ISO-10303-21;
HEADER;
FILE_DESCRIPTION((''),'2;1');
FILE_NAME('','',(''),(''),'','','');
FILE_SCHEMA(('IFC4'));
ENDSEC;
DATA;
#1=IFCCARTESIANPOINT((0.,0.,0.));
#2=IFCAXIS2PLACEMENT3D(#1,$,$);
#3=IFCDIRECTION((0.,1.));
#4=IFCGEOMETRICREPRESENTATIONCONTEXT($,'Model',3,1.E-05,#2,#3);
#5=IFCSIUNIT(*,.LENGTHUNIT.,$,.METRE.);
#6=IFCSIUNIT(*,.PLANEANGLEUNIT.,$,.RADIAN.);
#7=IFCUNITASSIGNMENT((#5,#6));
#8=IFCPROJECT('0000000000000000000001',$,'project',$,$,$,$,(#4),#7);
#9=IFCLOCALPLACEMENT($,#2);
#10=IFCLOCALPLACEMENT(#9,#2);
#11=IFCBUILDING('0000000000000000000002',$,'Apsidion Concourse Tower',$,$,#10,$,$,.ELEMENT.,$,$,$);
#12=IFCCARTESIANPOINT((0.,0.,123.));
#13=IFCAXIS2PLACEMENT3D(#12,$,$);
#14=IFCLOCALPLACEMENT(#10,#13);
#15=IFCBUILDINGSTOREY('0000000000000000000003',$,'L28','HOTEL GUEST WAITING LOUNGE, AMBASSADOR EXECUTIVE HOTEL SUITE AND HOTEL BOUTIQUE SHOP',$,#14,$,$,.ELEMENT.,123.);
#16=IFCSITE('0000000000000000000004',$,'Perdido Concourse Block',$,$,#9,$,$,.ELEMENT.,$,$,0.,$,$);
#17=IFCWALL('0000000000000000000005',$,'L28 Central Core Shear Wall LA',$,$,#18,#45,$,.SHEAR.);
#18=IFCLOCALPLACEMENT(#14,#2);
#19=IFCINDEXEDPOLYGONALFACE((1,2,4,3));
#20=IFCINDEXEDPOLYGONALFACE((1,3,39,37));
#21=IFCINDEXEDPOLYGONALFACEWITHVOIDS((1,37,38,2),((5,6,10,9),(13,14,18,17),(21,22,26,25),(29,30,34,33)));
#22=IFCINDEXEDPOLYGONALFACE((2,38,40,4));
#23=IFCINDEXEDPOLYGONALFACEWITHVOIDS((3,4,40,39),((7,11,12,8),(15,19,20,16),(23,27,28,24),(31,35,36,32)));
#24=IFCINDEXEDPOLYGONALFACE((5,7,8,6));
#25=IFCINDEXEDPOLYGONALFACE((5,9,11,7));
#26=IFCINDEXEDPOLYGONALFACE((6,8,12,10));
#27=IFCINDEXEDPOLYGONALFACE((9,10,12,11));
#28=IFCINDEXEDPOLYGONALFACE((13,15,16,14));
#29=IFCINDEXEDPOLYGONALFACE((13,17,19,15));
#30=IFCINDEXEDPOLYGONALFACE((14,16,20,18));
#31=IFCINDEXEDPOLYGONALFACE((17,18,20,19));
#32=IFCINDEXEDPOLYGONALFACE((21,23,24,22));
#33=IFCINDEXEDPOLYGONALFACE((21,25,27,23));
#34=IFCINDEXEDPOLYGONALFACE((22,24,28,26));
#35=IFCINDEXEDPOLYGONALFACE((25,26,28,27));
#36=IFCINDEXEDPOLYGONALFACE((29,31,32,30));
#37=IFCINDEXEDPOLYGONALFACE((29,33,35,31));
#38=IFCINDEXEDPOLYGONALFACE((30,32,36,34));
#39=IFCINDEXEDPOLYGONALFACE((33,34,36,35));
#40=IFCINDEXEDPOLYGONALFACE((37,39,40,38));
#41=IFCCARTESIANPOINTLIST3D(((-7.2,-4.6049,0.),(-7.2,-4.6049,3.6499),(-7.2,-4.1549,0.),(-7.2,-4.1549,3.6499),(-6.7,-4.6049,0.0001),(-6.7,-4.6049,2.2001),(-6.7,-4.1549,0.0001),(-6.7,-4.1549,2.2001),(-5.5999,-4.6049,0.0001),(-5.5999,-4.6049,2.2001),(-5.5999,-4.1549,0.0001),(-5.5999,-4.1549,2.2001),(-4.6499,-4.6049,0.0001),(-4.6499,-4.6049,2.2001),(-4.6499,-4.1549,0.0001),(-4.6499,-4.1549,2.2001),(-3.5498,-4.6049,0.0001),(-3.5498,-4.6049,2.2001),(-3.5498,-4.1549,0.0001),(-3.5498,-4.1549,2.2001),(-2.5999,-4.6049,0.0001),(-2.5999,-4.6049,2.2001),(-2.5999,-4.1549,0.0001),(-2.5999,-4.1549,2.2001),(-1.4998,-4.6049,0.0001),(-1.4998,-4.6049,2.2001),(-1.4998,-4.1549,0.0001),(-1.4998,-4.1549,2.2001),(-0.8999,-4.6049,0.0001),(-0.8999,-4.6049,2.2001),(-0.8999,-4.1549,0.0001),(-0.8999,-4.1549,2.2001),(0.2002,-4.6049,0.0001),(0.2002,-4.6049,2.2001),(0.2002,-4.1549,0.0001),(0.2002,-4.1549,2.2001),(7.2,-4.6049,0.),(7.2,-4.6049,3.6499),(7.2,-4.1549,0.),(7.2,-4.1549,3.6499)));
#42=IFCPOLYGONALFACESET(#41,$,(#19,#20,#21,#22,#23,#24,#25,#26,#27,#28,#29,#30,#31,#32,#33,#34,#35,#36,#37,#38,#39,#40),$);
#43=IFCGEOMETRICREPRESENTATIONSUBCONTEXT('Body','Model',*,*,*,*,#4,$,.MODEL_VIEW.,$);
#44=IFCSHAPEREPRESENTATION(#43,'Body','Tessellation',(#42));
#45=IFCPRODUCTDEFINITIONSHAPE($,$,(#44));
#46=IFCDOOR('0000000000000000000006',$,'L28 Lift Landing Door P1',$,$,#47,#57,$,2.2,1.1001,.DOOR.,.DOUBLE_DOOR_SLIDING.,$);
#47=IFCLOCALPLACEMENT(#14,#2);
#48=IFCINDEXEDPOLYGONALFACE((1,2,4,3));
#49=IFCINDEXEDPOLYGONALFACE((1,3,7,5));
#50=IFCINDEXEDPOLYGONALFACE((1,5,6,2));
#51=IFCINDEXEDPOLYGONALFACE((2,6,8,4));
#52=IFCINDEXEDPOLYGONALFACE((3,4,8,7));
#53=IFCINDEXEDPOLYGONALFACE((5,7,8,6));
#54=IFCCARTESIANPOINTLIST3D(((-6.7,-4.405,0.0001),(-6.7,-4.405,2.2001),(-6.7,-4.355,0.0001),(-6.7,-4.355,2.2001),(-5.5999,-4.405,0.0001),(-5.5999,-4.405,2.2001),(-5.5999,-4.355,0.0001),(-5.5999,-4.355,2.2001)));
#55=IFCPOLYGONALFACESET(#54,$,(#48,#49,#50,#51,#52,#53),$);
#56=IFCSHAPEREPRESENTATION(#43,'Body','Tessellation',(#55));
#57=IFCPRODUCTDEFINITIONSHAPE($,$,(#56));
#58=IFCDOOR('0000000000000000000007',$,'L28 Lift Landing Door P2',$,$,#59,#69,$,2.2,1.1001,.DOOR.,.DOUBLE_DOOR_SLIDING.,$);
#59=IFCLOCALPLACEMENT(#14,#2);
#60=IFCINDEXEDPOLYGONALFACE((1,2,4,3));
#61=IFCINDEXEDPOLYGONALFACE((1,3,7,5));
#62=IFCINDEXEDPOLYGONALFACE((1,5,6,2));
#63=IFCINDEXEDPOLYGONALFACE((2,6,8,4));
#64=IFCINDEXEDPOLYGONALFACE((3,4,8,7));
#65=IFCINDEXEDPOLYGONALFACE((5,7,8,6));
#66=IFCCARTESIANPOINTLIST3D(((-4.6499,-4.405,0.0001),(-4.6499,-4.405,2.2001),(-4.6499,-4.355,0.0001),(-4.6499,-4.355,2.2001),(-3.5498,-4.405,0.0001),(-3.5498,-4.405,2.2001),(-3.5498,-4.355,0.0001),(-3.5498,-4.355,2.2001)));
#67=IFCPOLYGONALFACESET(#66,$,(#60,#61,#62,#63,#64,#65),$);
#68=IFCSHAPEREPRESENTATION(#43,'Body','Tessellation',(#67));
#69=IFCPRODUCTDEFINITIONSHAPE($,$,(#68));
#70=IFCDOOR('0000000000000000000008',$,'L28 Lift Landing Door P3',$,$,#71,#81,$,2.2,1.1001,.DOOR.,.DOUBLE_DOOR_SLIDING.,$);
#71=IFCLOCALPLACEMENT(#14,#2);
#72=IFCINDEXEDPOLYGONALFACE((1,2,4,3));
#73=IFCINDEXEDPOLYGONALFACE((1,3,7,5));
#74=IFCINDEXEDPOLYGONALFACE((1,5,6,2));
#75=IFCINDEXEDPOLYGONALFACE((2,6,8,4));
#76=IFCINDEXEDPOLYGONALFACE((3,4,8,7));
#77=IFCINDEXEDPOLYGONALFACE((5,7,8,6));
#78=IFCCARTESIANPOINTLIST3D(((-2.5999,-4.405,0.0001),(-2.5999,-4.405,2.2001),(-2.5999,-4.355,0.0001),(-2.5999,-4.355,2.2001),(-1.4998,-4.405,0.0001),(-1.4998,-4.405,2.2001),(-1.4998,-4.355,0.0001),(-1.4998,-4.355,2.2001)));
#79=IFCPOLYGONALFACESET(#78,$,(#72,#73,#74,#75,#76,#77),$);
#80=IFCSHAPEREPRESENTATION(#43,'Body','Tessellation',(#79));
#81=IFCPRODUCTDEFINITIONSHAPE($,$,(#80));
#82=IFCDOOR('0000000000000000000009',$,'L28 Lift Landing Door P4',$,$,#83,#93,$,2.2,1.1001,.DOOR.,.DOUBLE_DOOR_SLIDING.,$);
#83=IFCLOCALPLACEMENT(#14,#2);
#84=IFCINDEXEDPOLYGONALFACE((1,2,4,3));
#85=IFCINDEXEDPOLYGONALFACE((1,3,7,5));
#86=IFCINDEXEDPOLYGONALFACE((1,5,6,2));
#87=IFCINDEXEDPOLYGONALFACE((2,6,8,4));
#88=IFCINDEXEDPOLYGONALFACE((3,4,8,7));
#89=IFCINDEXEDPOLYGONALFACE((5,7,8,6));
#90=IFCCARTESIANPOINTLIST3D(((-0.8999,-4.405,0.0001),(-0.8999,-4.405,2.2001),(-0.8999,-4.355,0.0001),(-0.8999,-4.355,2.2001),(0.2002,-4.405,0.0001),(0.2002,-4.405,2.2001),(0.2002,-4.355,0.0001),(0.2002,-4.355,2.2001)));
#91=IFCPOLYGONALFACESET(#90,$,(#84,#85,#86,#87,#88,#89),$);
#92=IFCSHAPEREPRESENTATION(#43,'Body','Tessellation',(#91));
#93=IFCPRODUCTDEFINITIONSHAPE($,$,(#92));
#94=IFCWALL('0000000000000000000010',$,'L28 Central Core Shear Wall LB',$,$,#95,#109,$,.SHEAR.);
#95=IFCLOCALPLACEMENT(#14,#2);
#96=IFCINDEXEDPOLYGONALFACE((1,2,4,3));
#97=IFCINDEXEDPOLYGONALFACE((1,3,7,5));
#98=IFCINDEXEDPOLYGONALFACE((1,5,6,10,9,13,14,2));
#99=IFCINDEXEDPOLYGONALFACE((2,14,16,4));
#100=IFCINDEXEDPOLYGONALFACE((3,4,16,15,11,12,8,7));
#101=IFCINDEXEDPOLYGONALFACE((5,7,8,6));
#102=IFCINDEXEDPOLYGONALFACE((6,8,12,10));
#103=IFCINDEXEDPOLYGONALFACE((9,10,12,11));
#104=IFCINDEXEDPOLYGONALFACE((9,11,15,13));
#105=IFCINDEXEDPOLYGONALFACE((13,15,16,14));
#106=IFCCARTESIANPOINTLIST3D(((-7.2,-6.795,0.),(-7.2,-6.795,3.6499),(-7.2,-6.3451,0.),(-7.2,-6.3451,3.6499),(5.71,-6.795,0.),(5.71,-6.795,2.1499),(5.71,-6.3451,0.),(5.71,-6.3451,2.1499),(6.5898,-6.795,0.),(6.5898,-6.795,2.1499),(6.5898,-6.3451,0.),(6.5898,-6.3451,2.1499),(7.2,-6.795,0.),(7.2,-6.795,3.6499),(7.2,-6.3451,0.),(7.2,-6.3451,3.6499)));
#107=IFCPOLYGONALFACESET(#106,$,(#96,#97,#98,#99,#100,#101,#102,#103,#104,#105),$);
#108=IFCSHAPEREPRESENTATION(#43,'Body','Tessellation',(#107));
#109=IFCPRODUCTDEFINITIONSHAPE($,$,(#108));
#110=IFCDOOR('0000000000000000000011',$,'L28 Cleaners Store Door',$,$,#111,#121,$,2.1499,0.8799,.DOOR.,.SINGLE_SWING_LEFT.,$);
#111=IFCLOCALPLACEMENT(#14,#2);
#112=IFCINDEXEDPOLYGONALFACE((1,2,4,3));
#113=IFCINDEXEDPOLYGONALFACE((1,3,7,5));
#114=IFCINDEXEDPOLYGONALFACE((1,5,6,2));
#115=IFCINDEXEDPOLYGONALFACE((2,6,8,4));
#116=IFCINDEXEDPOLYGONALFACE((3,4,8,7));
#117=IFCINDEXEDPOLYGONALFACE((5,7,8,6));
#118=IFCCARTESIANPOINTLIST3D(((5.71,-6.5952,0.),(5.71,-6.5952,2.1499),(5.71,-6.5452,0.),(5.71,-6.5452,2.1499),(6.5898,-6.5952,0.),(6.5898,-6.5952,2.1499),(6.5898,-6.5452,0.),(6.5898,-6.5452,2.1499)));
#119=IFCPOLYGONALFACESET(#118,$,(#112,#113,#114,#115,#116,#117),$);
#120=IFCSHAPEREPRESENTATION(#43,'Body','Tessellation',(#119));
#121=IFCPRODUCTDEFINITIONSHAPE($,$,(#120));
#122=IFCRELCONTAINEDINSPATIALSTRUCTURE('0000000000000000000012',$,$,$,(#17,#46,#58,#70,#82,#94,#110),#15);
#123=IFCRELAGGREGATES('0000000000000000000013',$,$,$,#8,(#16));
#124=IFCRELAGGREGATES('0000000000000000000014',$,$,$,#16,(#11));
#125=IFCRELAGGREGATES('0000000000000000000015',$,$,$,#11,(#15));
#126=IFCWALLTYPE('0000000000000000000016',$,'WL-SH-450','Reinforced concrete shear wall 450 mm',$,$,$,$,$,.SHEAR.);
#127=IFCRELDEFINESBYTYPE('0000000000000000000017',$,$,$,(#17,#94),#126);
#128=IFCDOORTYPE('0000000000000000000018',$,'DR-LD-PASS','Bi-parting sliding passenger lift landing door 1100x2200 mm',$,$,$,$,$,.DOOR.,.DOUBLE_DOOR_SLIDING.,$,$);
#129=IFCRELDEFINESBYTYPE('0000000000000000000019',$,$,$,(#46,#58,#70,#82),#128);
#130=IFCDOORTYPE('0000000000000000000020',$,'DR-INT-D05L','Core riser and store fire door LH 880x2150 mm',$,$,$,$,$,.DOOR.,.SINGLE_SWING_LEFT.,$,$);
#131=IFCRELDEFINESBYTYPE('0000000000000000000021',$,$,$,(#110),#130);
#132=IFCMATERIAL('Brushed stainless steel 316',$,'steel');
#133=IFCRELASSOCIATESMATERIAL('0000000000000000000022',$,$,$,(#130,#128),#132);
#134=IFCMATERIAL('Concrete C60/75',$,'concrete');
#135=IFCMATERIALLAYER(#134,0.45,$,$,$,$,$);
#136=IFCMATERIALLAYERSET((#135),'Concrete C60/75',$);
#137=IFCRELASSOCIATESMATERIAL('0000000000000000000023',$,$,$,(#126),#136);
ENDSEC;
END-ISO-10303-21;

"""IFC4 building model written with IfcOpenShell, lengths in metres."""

from ifc_helpers import new_model, si_unit, direction, frame, frame_2d, origin, place, context, subcontext, project, spatial, rectangle, extrude, material, layer, layer_set, type_object, element, fill, save


model = new_model("IFC4")

# Units and contexts
model_context = context("Model", 3, precision=1e-05, world=origin(), true_north=direction((0.0, 1.0)))
body_context = subcontext(model_context, "Body", "Model", "MODEL_VIEW")
ifc_project = project(units=[si_unit("LENGTHUNIT", "METRE"), si_unit("PLANEANGLEUNIT", "RADIAN")], contexts=[model_context])

# Site, building, storey
site_placement = place(None, origin())
site = spatial("IfcSite", under=ifc_project, at=site_placement, Name="Perdido Concourse Block", CompositionType="ELEMENT", RefElevation=0.0)
building_placement = place(site_placement, origin())
building = spatial("IfcBuilding", under=site, at=building_placement, Name="Apsidion Concourse Tower", CompositionType="ELEMENT")
storey_placement = place(building_placement, frame((0.0, 0.0, 123.0)))
storey = spatial("IfcBuildingStorey", under=building, at=storey_placement, Name="L28", Description="HOTEL GUEST WAITING LOUNGE, AMBASSADOR EXECUTIVE HOTEL SUITE AND HOTEL BOUTIQUE SHOP", CompositionType="ELEMENT", Elevation=123.0)

# Shared definitions
ifc_material_1 = material(Name="Brushed stainless steel 316", Category="steel")
door_type_1 = type_object("IfcDoorType", Name="DR-INT-D05L", Description="Core riser and store fire door LH 880x2150 mm", OperationType="SINGLE_SWING_LEFT", PredefinedType="DOOR", material=ifc_material_1)

# Shared definitions
ifc_material_2 = material(Name="Concrete C60/75", Category="concrete")
ifc_layer_1 = layer(ifc_material_2, 0.45)
ifc_layer_set_1 = layer_set([ifc_layer_1], Name="Concrete C60/75")
wall_type_1 = type_object("IfcWallType", Name="WL-SH-450", Description="Reinforced concrete shear wall 450 mm", PredefinedType="SHEAR", material=ifc_layer_set_1)

# Wall, openings, doors
wall_1_placement = place(storey_placement, frame((-7.2, -4.3799, 0.0), z_axis=(0.0, 0.0, 1.0), x_axis=(1.0, 0.0, 0.0)))
wall_1 = element("IfcWall", 1, at=wall_1_placement, inside=storey, type_object=wall_type_1, Name="L28 Central Core Shear Wall LA", PredefinedType="SHEAR", context=body_context, shape_type="SweptSolid", body=[
    extrude(rectangle(XDim=14.3999, YDim=0.45, at=frame_2d((7.2, 0.0))), origin(), (0.0, 0.0, 1.0), 3.6499),
])
opening_1_placement = place(wall_1_placement, frame((0.5, 0.0, 0.0)))
opening_1 = element("IfcOpeningElement", 2, at=opening_1_placement, cuts=wall_1, PredefinedType="OPENING", context=body_context, shape_type="SweptSolid", body=[
    extrude(rectangle(XDim=1.1001, YDim=2.2, at=frame_2d((0.55, 1.1001))), frame((0.0, 0.2349, 0.0), z_axis=(0.0, -1.0, 0.0), x_axis=(1.0, 0.0, 0.0)), (0.0, 0.0, 1.0), 0.47),
])
opening_2_placement = place(wall_1_placement, frame((2.55, 0.0, 0.0)))
opening_2 = element("IfcOpeningElement", 3, at=opening_2_placement, cuts=wall_1, PredefinedType="OPENING", context=body_context, shape_type="SweptSolid", body=[
    extrude(rectangle(XDim=1.1001, YDim=2.2, at=frame_2d((0.55, 1.1001))), frame((0.0, 0.2349, 0.0), z_axis=(0.0, -1.0, 0.0), x_axis=(1.0, 0.0, 0.0)), (0.0, 0.0, 1.0), 0.47),
])
opening_3_placement = place(wall_1_placement, frame((4.6001, 0.0, 0.0)))
opening_3 = element("IfcOpeningElement", 4, at=opening_3_placement, cuts=wall_1, PredefinedType="OPENING", context=body_context, shape_type="SweptSolid", body=[
    extrude(rectangle(XDim=1.1001, YDim=2.2, at=frame_2d((0.55, 1.1001))), frame((0.0, 0.2349, 0.0), z_axis=(0.0, -1.0, 0.0), x_axis=(1.0, 0.0, 0.0)), (0.0, 0.0, 1.0), 0.47),
])
opening_4_placement = place(wall_1_placement, frame((6.3, 0.0, 0.0)))
opening_4 = element("IfcOpeningElement", 5, at=opening_4_placement, cuts=wall_1, PredefinedType="OPENING", context=body_context, shape_type="SweptSolid", body=[
    extrude(rectangle(XDim=1.1001, YDim=2.2, at=frame_2d((0.55, 1.1001))), frame((0.0, 0.2349, 0.0), z_axis=(0.0, -1.0, 0.0), x_axis=(1.0, 0.0, 0.0)), (0.0, 0.0, 1.0), 0.47),
])
door_type_2 = type_object("IfcDoorType", Name="DR-LD-PASS", Description="Bi-parting sliding passenger lift landing door 1100x2200 mm", OperationType="DOUBLE_DOOR_SLIDING", PredefinedType="DOOR", material=ifc_material_1)
door_1_placement = place(opening_1_placement, origin())
door_1 = element("IfcDoor", 6, at=door_1_placement, inside=storey, type_object=door_type_2, Name="L28 Lift Landing Door P1", OperationType="DOUBLE_DOOR_SLIDING", OverallHeight=2.2, OverallWidth=1.1001, PredefinedType="DOOR", context=body_context, shape_type="SweptSolid", body=[
    extrude(rectangle(XDim=1.1001, YDim=2.2, at=frame_2d((0.55, 1.1001))), frame((0.0, 0.0249, 0.0), z_axis=(0.0, -1.0, 0.0), x_axis=(1.0, 0.0, 0.0)), (0.0, 0.0, 1.0), 0.05),
])
fill(opening_1, door_1)
door_2_placement = place(opening_2_placement, origin())
door_2 = element("IfcDoor", 7, at=door_2_placement, inside=storey, type_object=door_type_2, Name="L28 Lift Landing Door P2", OperationType="DOUBLE_DOOR_SLIDING", OverallHeight=2.2, OverallWidth=1.1001, PredefinedType="DOOR", context=body_context, shape_type="SweptSolid", body=[
    extrude(rectangle(XDim=1.1001, YDim=2.2, at=frame_2d((0.55, 1.1001))), frame((0.0, 0.0249, 0.0), z_axis=(0.0, -1.0, 0.0), x_axis=(1.0, 0.0, 0.0)), (0.0, 0.0, 1.0), 0.05),
])
fill(opening_2, door_2)
door_3_placement = place(opening_3_placement, origin())
door_3 = element("IfcDoor", 8, at=door_3_placement, inside=storey, type_object=door_type_2, Name="L28 Lift Landing Door P3", OperationType="DOUBLE_DOOR_SLIDING", OverallHeight=2.2, OverallWidth=1.1001, PredefinedType="DOOR", context=body_context, shape_type="SweptSolid", body=[
    extrude(rectangle(XDim=1.1001, YDim=2.2, at=frame_2d((0.55, 1.1001))), frame((0.0, 0.0249, 0.0), z_axis=(0.0, -1.0, 0.0), x_axis=(1.0, 0.0, 0.0)), (0.0, 0.0, 1.0), 0.05),
])
fill(opening_3, door_3)
door_4_placement = place(opening_4_placement, origin())
door_4 = element("IfcDoor", 9, at=door_4_placement, inside=storey, type_object=door_type_2, Name="L28 Lift Landing Door P4", OperationType="DOUBLE_DOOR_SLIDING", OverallHeight=2.2, OverallWidth=1.1001, PredefinedType="DOOR", context=body_context, shape_type="SweptSolid", body=[
    extrude(rectangle(XDim=1.1001, YDim=2.2, at=frame_2d((0.55, 1.1001))), frame((0.0, 0.0249, 0.0), z_axis=(0.0, -1.0, 0.0), x_axis=(1.0, 0.0, 0.0)), (0.0, 0.0, 1.0), 0.05),
])
fill(opening_4, door_4)

# Wall, opening, door
wall_2_placement = place(storey_placement, frame((-7.2, -6.5701, 0.0), z_axis=(0.0, 0.0, 1.0), x_axis=(1.0, 0.0, 0.0)))
wall_2 = element("IfcWall", 10, at=wall_2_placement, inside=storey, type_object=wall_type_1, Name="L28 Central Core Shear Wall LB", PredefinedType="SHEAR", context=body_context, shape_type="SweptSolid", body=[
    extrude(rectangle(XDim=14.3999, YDim=0.45, at=frame_2d((7.2, 0.0))), origin(), (0.0, 0.0, 1.0), 3.6499),
])
opening_5_placement = place(wall_2_placement, frame((12.9099, 0.0, 0.0)))
opening_5 = element("IfcOpeningElement", 11, at=opening_5_placement, cuts=wall_2, PredefinedType="OPENING", context=body_context, shape_type="SweptSolid", body=[
    extrude(rectangle(XDim=0.8799, YDim=2.1499, at=frame_2d((0.4399, 1.075))), frame((0.0, 0.2349, 0.0), z_axis=(0.0, -1.0, 0.0), x_axis=(1.0, 0.0, 0.0)), (0.0, 0.0, 1.0), 0.47),
])
door_5_placement = place(opening_5_placement, origin())
door_5 = element("IfcDoor", 12, at=door_5_placement, inside=storey, type_object=door_type_1, Name="L28 Cleaners Store Door", OperationType="SINGLE_SWING_LEFT", OverallHeight=2.1499, OverallWidth=0.8799, PredefinedType="DOOR", context=body_context, shape_type="SweptSolid", body=[
    extrude(rectangle(XDim=0.8799, YDim=2.1499, at=frame_2d((0.4399, 1.075))), frame((0.0, 0.0249, 0.0), z_axis=(0.0, -1.0, 0.0), x_axis=(1.0, 0.0, 0.0)), (0.0, 0.0, 1.0), 0.05),
])
fill(opening_5, door_5)

save(model, "model.ifc")
